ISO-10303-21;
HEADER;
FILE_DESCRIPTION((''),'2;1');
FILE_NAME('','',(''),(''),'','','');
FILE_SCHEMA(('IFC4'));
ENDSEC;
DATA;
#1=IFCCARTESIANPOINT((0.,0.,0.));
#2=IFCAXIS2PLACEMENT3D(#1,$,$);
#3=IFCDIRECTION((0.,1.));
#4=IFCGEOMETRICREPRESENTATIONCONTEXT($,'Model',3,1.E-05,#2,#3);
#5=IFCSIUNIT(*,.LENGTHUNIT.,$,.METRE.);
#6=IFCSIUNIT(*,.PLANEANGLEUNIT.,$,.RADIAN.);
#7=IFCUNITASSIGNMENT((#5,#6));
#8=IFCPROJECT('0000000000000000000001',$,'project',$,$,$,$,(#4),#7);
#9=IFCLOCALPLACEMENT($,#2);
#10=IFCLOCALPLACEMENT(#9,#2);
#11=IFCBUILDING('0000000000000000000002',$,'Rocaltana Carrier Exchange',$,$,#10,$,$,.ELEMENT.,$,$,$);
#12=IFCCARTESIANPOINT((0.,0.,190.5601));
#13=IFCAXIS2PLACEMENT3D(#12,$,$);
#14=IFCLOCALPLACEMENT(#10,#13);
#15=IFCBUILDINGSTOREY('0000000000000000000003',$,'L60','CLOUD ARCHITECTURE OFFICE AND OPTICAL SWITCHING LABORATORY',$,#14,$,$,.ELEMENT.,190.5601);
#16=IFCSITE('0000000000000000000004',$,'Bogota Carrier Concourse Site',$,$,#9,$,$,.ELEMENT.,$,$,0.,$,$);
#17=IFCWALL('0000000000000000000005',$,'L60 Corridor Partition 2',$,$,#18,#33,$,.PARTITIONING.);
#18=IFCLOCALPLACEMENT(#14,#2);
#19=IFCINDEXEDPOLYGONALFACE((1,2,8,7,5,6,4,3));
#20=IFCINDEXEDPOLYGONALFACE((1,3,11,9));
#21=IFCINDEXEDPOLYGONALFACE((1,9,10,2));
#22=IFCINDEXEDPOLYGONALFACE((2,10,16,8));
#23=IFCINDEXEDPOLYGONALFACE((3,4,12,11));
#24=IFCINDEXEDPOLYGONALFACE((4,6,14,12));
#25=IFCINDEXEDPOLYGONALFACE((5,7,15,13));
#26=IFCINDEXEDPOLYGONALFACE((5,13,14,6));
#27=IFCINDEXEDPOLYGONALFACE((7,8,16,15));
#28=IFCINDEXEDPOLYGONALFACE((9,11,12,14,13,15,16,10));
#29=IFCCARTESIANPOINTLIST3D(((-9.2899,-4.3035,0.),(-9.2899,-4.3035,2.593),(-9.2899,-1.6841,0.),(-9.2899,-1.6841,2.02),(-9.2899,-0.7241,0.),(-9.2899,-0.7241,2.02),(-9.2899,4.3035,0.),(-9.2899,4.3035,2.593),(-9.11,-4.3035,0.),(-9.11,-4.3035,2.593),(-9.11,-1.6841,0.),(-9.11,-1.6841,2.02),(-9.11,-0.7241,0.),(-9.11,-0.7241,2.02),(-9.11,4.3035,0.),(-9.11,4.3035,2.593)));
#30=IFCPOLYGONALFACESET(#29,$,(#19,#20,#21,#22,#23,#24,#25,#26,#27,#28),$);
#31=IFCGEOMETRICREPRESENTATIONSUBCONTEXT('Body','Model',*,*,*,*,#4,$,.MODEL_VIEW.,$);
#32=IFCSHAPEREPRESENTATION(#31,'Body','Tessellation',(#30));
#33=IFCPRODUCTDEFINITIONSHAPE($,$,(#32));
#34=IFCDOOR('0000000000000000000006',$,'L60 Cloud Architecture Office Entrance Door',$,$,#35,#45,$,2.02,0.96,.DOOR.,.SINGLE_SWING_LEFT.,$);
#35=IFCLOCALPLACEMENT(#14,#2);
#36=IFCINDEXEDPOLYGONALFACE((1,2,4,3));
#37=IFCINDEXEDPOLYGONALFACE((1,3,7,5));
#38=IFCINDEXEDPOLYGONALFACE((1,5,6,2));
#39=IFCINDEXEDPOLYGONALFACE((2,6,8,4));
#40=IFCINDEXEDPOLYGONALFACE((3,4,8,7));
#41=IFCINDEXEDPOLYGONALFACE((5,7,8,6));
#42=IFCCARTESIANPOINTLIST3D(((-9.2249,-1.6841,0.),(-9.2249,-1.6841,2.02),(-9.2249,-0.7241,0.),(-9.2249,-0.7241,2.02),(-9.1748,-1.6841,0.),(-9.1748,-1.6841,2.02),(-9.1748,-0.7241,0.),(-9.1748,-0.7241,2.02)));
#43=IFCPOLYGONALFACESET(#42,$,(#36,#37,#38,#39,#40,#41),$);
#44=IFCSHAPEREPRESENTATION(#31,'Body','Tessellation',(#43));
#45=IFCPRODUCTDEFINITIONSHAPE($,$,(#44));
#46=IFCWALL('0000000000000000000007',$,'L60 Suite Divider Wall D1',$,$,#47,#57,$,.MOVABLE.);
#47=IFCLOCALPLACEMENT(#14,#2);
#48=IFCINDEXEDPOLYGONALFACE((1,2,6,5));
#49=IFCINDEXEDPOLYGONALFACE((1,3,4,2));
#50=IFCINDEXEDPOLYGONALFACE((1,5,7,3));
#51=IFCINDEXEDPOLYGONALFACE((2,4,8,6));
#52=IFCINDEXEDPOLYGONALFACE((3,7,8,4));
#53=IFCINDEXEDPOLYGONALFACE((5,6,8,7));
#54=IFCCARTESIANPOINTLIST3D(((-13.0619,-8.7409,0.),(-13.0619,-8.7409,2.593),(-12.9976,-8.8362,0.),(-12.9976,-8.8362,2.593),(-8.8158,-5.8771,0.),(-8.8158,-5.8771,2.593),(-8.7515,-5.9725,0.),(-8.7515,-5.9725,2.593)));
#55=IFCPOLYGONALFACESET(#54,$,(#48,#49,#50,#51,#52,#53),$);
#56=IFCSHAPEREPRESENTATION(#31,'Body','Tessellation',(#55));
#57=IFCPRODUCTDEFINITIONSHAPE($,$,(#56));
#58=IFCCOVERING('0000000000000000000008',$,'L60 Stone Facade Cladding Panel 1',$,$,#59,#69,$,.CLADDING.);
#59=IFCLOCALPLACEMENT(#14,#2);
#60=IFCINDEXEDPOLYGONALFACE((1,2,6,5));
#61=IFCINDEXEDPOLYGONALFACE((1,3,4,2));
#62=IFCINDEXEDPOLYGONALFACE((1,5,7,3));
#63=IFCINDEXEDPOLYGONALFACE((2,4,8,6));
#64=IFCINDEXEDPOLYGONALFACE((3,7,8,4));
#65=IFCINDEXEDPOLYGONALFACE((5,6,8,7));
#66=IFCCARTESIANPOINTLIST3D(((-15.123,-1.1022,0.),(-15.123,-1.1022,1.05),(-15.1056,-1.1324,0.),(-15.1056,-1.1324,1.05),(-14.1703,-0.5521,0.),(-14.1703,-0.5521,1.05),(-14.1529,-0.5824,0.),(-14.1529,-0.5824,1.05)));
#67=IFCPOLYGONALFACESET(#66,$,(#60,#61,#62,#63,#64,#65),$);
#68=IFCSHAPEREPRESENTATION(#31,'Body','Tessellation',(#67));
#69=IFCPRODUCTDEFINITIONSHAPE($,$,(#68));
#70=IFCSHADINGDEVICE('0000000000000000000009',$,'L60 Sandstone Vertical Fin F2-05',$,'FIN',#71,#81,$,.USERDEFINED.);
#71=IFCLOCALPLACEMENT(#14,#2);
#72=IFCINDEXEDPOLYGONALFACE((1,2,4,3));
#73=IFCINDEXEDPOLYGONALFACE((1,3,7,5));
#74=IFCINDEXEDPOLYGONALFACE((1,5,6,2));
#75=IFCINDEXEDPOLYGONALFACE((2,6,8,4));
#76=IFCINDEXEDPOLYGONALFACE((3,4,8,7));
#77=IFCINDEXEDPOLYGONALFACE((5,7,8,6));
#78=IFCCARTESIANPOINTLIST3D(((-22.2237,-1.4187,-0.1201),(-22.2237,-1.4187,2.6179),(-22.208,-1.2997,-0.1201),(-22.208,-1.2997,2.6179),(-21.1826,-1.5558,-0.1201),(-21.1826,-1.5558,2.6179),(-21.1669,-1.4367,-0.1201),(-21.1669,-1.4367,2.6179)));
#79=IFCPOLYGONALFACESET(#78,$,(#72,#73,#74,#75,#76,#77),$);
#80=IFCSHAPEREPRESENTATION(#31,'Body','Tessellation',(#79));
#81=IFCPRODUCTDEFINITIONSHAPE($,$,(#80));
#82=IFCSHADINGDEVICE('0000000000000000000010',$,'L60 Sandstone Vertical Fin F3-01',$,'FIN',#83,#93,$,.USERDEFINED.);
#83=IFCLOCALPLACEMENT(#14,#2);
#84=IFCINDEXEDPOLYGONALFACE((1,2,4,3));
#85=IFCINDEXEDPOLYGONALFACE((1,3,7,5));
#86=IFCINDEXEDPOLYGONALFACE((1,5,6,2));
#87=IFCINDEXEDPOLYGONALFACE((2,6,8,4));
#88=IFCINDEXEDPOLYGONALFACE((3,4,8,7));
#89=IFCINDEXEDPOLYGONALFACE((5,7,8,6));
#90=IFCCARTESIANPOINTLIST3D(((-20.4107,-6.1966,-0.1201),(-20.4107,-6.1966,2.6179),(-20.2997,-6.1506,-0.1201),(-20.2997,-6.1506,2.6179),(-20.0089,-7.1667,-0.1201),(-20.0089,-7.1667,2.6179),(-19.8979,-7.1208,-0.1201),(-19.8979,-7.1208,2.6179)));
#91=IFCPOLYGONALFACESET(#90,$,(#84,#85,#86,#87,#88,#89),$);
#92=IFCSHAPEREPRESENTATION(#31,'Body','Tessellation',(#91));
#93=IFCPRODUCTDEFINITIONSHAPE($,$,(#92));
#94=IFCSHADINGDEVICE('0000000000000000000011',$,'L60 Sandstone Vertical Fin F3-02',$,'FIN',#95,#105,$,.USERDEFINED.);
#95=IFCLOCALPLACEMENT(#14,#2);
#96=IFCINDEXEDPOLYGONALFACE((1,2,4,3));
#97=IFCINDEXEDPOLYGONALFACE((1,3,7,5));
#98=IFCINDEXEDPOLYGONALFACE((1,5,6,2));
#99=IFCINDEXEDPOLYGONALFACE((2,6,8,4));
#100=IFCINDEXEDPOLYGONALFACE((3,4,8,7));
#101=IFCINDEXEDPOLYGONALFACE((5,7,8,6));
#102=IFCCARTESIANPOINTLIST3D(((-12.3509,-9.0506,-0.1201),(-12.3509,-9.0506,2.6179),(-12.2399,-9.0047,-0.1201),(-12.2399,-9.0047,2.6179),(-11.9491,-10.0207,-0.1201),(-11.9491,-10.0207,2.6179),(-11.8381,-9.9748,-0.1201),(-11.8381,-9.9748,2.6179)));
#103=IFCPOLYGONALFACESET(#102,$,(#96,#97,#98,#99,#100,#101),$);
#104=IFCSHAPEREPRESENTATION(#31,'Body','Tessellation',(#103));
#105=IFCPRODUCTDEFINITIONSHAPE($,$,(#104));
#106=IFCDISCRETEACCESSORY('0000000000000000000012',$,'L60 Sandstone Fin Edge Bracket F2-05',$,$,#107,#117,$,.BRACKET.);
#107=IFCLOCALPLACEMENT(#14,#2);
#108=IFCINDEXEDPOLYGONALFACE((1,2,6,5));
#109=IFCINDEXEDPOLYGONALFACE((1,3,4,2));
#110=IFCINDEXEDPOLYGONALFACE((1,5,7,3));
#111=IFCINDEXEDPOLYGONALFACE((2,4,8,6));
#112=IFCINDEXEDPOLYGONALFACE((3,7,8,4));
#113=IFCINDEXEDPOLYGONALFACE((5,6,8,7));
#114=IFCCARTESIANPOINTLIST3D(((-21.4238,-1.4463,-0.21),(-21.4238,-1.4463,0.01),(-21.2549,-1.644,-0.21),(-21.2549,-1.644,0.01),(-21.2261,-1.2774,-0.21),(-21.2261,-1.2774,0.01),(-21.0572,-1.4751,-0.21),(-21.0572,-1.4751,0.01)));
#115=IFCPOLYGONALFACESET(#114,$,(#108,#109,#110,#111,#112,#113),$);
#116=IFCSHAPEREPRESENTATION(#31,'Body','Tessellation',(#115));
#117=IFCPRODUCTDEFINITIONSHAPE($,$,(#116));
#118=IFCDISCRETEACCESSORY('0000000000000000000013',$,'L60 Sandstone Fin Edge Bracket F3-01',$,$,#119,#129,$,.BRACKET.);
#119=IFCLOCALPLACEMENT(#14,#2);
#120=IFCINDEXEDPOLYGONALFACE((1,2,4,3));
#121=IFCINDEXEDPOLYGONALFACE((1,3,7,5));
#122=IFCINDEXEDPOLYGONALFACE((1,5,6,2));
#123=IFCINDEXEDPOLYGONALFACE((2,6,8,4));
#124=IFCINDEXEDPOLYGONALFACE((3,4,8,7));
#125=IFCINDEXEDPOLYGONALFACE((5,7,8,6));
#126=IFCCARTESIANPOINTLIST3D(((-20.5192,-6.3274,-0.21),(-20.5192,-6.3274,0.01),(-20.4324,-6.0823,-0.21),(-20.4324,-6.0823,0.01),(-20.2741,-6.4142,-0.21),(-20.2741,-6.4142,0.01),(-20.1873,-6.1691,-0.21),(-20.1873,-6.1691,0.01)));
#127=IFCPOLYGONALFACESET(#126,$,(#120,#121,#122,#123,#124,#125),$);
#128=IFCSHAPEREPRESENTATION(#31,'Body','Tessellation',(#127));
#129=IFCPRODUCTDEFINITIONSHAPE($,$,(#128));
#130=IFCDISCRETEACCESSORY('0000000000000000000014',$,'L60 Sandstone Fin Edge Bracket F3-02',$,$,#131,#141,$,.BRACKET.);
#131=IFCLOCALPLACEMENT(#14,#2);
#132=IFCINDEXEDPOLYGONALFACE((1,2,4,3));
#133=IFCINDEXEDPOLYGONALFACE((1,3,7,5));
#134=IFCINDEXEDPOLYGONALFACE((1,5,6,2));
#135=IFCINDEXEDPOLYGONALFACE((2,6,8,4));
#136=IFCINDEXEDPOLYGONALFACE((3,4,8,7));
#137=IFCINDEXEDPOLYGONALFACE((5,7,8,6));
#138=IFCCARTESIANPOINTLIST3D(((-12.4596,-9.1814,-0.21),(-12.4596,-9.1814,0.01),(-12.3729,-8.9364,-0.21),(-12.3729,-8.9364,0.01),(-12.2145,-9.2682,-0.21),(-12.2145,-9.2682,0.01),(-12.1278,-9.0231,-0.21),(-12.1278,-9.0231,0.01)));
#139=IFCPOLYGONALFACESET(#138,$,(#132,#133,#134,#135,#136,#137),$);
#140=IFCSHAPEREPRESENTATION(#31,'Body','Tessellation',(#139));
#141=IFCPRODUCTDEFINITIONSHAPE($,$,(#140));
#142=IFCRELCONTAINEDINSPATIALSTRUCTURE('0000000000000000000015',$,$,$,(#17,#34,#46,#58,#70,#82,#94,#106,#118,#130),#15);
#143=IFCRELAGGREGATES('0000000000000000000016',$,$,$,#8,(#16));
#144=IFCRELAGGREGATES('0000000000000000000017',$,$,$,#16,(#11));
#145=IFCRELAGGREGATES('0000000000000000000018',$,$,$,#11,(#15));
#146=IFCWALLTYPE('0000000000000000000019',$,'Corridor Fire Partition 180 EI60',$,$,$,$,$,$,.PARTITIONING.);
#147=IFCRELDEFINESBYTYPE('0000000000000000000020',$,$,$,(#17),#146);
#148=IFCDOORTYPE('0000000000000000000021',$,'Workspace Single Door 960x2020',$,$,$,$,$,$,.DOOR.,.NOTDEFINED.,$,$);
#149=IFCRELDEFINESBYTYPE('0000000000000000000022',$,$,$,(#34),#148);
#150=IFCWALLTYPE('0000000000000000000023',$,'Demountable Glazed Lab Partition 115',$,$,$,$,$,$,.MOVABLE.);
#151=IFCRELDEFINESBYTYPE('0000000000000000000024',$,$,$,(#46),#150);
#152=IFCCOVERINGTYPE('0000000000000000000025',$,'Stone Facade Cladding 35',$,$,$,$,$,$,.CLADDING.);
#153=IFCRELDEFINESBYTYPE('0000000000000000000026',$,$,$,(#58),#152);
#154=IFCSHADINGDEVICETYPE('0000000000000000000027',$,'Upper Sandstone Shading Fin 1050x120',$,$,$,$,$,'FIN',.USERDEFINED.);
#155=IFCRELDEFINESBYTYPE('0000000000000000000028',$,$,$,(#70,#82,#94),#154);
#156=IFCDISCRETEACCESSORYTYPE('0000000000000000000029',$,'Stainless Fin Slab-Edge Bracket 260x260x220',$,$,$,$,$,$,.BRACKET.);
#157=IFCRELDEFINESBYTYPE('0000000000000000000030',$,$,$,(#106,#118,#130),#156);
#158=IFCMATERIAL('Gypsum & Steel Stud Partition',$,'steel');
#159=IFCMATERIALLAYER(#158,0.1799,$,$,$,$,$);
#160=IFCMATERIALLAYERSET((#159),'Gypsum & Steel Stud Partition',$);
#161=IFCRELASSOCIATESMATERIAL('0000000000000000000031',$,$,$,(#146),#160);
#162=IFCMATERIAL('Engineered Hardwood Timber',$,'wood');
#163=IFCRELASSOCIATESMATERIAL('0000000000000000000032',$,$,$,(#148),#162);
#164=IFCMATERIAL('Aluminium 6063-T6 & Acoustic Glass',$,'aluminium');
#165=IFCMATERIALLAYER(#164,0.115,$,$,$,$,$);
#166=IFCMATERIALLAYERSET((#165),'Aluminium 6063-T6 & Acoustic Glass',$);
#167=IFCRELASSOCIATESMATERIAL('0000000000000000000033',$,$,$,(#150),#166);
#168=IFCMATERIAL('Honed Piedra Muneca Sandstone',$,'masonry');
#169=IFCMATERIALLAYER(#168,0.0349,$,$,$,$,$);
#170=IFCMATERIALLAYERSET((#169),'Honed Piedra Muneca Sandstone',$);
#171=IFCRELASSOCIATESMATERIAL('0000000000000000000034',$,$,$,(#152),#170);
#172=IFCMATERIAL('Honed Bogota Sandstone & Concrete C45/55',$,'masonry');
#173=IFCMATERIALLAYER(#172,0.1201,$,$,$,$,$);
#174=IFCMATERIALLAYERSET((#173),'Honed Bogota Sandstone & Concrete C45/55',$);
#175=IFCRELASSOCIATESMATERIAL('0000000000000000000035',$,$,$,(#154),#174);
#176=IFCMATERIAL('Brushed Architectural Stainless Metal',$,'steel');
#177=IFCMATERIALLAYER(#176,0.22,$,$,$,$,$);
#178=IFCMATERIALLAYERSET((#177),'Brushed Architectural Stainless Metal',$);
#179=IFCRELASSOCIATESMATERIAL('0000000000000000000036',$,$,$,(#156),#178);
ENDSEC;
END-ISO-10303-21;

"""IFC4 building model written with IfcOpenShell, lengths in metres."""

from ifc_helpers import new_model, si_unit, direction, frame, frame_2d, origin, origin_2d, place, context, subcontext, project, spatial, rectangle, extrude, material, layer, layer_set, type_object, element, fill, save


model = new_model("IFC4")

# Units and contexts
model_context = context("Model", 3, precision=1e-05, world=origin(), true_north=direction((0.0, 1.0)))
body_context = subcontext(model_context, "Body", "Model", "MODEL_VIEW")
ifc_project = project(units=[si_unit("LENGTHUNIT", "METRE"), si_unit("PLANEANGLEUNIT", "RADIAN")], contexts=[model_context])

# Site, building, storey
site_placement = place(None, origin())
site = spatial("IfcSite", under=ifc_project, at=site_placement, Name="Bogota Carrier Concourse Site", CompositionType="ELEMENT", RefElevation=0.0)
building_placement = place(site_placement, origin())
building = spatial("IfcBuilding", under=site, at=building_placement, Name="Rocaltana Carrier Exchange", CompositionType="ELEMENT")
storey_placement = place(building_placement, frame((0.0, 0.0, 190.5601)))
storey = spatial("IfcBuildingStorey", under=building, at=storey_placement, Name="L60", Description="CLOUD ARCHITECTURE OFFICE AND OPTICAL SWITCHING LABORATORY", CompositionType="ELEMENT", Elevation=190.5601)

# Wall, opening, door
ifc_material_1 = material(Name="Gypsum & Steel Stud Partition", Category="steel")
ifc_layer_1 = layer(ifc_material_1, 0.1799)
ifc_layer_set_1 = layer_set([ifc_layer_1], Name="Gypsum & Steel Stud Partition")
wall_type_1 = type_object("IfcWallType", Name="Corridor Fire Partition 180 EI60", PredefinedType="PARTITIONING", material=ifc_layer_set_1)
wall_1_placement = place(storey_placement, frame((-9.2, -4.3035, 0.0), z_axis=(0.0, 0.0, 1.0), x_axis=(0.0, 1.0, 0.0)))
wall_1 = element("IfcWall", 1, at=wall_1_placement, inside=storey, type_object=wall_type_1, Name="L60 Corridor Partition 2", PredefinedType="PARTITIONING", context=body_context, shape_type="SweptSolid", body=[
    extrude(rectangle(XDim=8.6069, YDim=0.1799, at=frame_2d((4.3035, 0.0))), origin(), (0.0, 0.0, 1.0), 2.593),
])
opening_placement = place(wall_1_placement, frame((2.6194, 0.0, 0.0)))
opening = element("IfcOpeningElement", 2, at=opening_placement, cuts=wall_1, PredefinedType="OPENING", context=body_context, shape_type="SweptSolid", body=[
    extrude(rectangle(XDim=0.96, YDim=2.02, at=frame_2d((0.48, 1.01))), frame((0.0, 0.0999, 0.0), z_axis=(0.0, -1.0, 0.0), x_axis=(1.0, 0.0, 0.0)), (0.0, 0.0, 1.0), 0.2),
])
ifc_material_2 = material(Name="Engineered Hardwood Timber", Category="wood")
door_type = type_object("IfcDoorType", Name="Workspace Single Door 960x2020", OperationType="NOTDEFINED", PredefinedType="DOOR", material=ifc_material_2)
door_placement = place(opening_placement, origin())
door = element("IfcDoor", 3, at=door_placement, inside=storey, type_object=door_type, Name="L60 Cloud Architecture Office Entrance Door", OperationType="SINGLE_SWING_LEFT", OverallHeight=2.02, OverallWidth=0.96, PredefinedType="DOOR", context=body_context, shape_type="SweptSolid", body=[
    extrude(rectangle(XDim=0.96, YDim=2.02, at=frame_2d((0.48, 1.01))), frame((0.0, 0.0249, 0.0), z_axis=(0.0, -1.0, 0.0), x_axis=(1.0, 0.0, 0.0)), (0.0, 0.0, 1.0), 0.05),
])
fill(opening, door)

# Wall
ifc_material_3 = material(Name="Aluminium 6063-T6 & Acoustic Glass", Category="aluminium")
ifc_layer_2 = layer(ifc_material_3, 0.115)
ifc_layer_set_2 = layer_set([ifc_layer_2], Name="Aluminium 6063-T6 & Acoustic Glass")
wall_type_2 = type_object("IfcWallType", Name="Demountable Glazed Lab Partition 115", PredefinedType="MOVABLE", material=ifc_layer_set_2)
wall_2_placement = place(storey_placement, frame((-8.7837, -5.9248, 0.0), z_axis=(0.0, 0.0, 1.0), x_axis=(-0.829061, -0.559158, 0.0)))
element("IfcWall", 4, at=wall_2_placement, inside=storey, type_object=wall_type_2, Name="L60 Suite Divider Wall D1", PredefinedType="MOVABLE", context=body_context, shape_type="SweptSolid", body=[
    extrude(rectangle(XDim=5.1216, YDim=0.115, at=frame_2d((2.5608, 0.0))), origin(), (0.0, 0.0, 1.0), 2.593),
])

# Covering
ifc_material_4 = material(Name="Honed Piedra Muneca Sandstone", Category="masonry")
ifc_layer_3 = layer(ifc_material_4, 0.0349)
ifc_layer_set_3 = layer_set([ifc_layer_3], Name="Honed Piedra Muneca Sandstone")
covering_type = type_object("IfcCoveringType", Name="Stone Facade Cladding 35", PredefinedType="CLADDING", material=ifc_layer_set_3)
covering_placement = place(storey_placement, frame((-14.6379, -0.8423, 0.0), z_axis=(0.0, 0.0, 1.0), x_axis=(0.866025, 0.5, 0.0)))
element("IfcCovering", 5, at=covering_placement, inside=storey, type_object=covering_type, Name="L60 Stone Facade Cladding Panel 1", PredefinedType="CLADDING", context=body_context, shape_type="SweptSolid", body=[
    extrude(rectangle(XDim=1.1001, YDim=0.0349, at=origin_2d()), origin(), (0.0, 0.0, 1.0), 1.05),
])

# Shading devices
ifc_material_5 = material(Name="Honed Bogota Sandstone & Concrete C45/55", Category="masonry")
ifc_layer_4 = layer(ifc_material_5, 0.1201)
ifc_layer_set_4 = layer_set([ifc_layer_4], Name="Honed Bogota Sandstone & Concrete C45/55")
shading_device_type = type_object("IfcShadingDeviceType", Name="Upper Sandstone Shading Fin 1050x120", ElementType="FIN", PredefinedType="USERDEFINED", material=ifc_layer_set_4)
for number, where, z_axis, x_axis, name in (
    (6, (-21.6953, -1.4277, -0.1201), (0.0, 0.0, 1.0), (-0.991445, 0.130526, 0.0), "L60 Sandstone Vertical Fin F2-05"),
    (7, (-20.1543, -6.6587, -0.1201), (0.0, 0.0, 1.0), (0.382683, -0.92388, 0.0), "L60 Sandstone Vertical Fin F3-01"),
    (8, (-12.0945, -9.5127, -0.1201), (0.0, 0.0, 1.0), (0.382683, -0.92388, 0.0), "L60 Sandstone Vertical Fin F3-02"),
):
    element("IfcShadingDevice", number, at=place(storey_placement, frame(where, z_axis=z_axis, x_axis=x_axis)), inside=storey, type_object=shading_device_type, Name=name, ObjectType="FIN", PredefinedType="USERDEFINED", context=body_context, shape_type="SweptSolid", body=[
        extrude(rectangle(XDim=1.05, YDim=0.1201, at=origin_2d()), origin(), (0.0, 0.0, 1.0), 2.738),
    ])

# Discrete accessories
ifc_material_6 = material(Name="Brushed Architectural Stainless Metal", Category="steel")
ifc_layer_5 = layer(ifc_material_6, 0.22)
ifc_layer_set_5 = layer_set([ifc_layer_5], Name="Brushed Architectural Stainless Metal")
discrete_accessory_type = type_object("IfcDiscreteAccessoryType", Name="Stainless Fin Slab-Edge Bracket 260x260x220", PredefinedType="BRACKET", material=ifc_layer_set_5)
for number, where, z_axis, x_axis, name in (
    (9, (-21.2405, -1.4607, -0.21), (0.0, 0.0, 1.0), (-0.760406, -0.649448, 0.0), "L60 Sandstone Fin Edge Bracket F2-05"),
    (10, (-20.3533, -6.2483, -0.21), (0.0, 0.0, 1.0), (0.942641, -0.333807, 0.0), "L60 Sandstone Fin Edge Bracket F3-01"),
    (11, (-12.2937, -9.1023, -0.21), (0.0, 0.0, 1.0), (0.942641, -0.333807, 0.0), "L60 Sandstone Fin Edge Bracket F3-02"),
):
    element("IfcDiscreteAccessory", number, at=place(storey_placement, frame(where, z_axis=z_axis, x_axis=x_axis)), inside=storey, type_object=discrete_accessory_type, Name=name, PredefinedType="BRACKET", context=body_context, shape_type="SweptSolid", body=[
        extrude(rectangle(XDim=0.26, YDim=0.26, at=origin_2d()), origin(), (0.0, 0.0, 1.0), 0.22),
    ])

save(model, "model.ifc")
